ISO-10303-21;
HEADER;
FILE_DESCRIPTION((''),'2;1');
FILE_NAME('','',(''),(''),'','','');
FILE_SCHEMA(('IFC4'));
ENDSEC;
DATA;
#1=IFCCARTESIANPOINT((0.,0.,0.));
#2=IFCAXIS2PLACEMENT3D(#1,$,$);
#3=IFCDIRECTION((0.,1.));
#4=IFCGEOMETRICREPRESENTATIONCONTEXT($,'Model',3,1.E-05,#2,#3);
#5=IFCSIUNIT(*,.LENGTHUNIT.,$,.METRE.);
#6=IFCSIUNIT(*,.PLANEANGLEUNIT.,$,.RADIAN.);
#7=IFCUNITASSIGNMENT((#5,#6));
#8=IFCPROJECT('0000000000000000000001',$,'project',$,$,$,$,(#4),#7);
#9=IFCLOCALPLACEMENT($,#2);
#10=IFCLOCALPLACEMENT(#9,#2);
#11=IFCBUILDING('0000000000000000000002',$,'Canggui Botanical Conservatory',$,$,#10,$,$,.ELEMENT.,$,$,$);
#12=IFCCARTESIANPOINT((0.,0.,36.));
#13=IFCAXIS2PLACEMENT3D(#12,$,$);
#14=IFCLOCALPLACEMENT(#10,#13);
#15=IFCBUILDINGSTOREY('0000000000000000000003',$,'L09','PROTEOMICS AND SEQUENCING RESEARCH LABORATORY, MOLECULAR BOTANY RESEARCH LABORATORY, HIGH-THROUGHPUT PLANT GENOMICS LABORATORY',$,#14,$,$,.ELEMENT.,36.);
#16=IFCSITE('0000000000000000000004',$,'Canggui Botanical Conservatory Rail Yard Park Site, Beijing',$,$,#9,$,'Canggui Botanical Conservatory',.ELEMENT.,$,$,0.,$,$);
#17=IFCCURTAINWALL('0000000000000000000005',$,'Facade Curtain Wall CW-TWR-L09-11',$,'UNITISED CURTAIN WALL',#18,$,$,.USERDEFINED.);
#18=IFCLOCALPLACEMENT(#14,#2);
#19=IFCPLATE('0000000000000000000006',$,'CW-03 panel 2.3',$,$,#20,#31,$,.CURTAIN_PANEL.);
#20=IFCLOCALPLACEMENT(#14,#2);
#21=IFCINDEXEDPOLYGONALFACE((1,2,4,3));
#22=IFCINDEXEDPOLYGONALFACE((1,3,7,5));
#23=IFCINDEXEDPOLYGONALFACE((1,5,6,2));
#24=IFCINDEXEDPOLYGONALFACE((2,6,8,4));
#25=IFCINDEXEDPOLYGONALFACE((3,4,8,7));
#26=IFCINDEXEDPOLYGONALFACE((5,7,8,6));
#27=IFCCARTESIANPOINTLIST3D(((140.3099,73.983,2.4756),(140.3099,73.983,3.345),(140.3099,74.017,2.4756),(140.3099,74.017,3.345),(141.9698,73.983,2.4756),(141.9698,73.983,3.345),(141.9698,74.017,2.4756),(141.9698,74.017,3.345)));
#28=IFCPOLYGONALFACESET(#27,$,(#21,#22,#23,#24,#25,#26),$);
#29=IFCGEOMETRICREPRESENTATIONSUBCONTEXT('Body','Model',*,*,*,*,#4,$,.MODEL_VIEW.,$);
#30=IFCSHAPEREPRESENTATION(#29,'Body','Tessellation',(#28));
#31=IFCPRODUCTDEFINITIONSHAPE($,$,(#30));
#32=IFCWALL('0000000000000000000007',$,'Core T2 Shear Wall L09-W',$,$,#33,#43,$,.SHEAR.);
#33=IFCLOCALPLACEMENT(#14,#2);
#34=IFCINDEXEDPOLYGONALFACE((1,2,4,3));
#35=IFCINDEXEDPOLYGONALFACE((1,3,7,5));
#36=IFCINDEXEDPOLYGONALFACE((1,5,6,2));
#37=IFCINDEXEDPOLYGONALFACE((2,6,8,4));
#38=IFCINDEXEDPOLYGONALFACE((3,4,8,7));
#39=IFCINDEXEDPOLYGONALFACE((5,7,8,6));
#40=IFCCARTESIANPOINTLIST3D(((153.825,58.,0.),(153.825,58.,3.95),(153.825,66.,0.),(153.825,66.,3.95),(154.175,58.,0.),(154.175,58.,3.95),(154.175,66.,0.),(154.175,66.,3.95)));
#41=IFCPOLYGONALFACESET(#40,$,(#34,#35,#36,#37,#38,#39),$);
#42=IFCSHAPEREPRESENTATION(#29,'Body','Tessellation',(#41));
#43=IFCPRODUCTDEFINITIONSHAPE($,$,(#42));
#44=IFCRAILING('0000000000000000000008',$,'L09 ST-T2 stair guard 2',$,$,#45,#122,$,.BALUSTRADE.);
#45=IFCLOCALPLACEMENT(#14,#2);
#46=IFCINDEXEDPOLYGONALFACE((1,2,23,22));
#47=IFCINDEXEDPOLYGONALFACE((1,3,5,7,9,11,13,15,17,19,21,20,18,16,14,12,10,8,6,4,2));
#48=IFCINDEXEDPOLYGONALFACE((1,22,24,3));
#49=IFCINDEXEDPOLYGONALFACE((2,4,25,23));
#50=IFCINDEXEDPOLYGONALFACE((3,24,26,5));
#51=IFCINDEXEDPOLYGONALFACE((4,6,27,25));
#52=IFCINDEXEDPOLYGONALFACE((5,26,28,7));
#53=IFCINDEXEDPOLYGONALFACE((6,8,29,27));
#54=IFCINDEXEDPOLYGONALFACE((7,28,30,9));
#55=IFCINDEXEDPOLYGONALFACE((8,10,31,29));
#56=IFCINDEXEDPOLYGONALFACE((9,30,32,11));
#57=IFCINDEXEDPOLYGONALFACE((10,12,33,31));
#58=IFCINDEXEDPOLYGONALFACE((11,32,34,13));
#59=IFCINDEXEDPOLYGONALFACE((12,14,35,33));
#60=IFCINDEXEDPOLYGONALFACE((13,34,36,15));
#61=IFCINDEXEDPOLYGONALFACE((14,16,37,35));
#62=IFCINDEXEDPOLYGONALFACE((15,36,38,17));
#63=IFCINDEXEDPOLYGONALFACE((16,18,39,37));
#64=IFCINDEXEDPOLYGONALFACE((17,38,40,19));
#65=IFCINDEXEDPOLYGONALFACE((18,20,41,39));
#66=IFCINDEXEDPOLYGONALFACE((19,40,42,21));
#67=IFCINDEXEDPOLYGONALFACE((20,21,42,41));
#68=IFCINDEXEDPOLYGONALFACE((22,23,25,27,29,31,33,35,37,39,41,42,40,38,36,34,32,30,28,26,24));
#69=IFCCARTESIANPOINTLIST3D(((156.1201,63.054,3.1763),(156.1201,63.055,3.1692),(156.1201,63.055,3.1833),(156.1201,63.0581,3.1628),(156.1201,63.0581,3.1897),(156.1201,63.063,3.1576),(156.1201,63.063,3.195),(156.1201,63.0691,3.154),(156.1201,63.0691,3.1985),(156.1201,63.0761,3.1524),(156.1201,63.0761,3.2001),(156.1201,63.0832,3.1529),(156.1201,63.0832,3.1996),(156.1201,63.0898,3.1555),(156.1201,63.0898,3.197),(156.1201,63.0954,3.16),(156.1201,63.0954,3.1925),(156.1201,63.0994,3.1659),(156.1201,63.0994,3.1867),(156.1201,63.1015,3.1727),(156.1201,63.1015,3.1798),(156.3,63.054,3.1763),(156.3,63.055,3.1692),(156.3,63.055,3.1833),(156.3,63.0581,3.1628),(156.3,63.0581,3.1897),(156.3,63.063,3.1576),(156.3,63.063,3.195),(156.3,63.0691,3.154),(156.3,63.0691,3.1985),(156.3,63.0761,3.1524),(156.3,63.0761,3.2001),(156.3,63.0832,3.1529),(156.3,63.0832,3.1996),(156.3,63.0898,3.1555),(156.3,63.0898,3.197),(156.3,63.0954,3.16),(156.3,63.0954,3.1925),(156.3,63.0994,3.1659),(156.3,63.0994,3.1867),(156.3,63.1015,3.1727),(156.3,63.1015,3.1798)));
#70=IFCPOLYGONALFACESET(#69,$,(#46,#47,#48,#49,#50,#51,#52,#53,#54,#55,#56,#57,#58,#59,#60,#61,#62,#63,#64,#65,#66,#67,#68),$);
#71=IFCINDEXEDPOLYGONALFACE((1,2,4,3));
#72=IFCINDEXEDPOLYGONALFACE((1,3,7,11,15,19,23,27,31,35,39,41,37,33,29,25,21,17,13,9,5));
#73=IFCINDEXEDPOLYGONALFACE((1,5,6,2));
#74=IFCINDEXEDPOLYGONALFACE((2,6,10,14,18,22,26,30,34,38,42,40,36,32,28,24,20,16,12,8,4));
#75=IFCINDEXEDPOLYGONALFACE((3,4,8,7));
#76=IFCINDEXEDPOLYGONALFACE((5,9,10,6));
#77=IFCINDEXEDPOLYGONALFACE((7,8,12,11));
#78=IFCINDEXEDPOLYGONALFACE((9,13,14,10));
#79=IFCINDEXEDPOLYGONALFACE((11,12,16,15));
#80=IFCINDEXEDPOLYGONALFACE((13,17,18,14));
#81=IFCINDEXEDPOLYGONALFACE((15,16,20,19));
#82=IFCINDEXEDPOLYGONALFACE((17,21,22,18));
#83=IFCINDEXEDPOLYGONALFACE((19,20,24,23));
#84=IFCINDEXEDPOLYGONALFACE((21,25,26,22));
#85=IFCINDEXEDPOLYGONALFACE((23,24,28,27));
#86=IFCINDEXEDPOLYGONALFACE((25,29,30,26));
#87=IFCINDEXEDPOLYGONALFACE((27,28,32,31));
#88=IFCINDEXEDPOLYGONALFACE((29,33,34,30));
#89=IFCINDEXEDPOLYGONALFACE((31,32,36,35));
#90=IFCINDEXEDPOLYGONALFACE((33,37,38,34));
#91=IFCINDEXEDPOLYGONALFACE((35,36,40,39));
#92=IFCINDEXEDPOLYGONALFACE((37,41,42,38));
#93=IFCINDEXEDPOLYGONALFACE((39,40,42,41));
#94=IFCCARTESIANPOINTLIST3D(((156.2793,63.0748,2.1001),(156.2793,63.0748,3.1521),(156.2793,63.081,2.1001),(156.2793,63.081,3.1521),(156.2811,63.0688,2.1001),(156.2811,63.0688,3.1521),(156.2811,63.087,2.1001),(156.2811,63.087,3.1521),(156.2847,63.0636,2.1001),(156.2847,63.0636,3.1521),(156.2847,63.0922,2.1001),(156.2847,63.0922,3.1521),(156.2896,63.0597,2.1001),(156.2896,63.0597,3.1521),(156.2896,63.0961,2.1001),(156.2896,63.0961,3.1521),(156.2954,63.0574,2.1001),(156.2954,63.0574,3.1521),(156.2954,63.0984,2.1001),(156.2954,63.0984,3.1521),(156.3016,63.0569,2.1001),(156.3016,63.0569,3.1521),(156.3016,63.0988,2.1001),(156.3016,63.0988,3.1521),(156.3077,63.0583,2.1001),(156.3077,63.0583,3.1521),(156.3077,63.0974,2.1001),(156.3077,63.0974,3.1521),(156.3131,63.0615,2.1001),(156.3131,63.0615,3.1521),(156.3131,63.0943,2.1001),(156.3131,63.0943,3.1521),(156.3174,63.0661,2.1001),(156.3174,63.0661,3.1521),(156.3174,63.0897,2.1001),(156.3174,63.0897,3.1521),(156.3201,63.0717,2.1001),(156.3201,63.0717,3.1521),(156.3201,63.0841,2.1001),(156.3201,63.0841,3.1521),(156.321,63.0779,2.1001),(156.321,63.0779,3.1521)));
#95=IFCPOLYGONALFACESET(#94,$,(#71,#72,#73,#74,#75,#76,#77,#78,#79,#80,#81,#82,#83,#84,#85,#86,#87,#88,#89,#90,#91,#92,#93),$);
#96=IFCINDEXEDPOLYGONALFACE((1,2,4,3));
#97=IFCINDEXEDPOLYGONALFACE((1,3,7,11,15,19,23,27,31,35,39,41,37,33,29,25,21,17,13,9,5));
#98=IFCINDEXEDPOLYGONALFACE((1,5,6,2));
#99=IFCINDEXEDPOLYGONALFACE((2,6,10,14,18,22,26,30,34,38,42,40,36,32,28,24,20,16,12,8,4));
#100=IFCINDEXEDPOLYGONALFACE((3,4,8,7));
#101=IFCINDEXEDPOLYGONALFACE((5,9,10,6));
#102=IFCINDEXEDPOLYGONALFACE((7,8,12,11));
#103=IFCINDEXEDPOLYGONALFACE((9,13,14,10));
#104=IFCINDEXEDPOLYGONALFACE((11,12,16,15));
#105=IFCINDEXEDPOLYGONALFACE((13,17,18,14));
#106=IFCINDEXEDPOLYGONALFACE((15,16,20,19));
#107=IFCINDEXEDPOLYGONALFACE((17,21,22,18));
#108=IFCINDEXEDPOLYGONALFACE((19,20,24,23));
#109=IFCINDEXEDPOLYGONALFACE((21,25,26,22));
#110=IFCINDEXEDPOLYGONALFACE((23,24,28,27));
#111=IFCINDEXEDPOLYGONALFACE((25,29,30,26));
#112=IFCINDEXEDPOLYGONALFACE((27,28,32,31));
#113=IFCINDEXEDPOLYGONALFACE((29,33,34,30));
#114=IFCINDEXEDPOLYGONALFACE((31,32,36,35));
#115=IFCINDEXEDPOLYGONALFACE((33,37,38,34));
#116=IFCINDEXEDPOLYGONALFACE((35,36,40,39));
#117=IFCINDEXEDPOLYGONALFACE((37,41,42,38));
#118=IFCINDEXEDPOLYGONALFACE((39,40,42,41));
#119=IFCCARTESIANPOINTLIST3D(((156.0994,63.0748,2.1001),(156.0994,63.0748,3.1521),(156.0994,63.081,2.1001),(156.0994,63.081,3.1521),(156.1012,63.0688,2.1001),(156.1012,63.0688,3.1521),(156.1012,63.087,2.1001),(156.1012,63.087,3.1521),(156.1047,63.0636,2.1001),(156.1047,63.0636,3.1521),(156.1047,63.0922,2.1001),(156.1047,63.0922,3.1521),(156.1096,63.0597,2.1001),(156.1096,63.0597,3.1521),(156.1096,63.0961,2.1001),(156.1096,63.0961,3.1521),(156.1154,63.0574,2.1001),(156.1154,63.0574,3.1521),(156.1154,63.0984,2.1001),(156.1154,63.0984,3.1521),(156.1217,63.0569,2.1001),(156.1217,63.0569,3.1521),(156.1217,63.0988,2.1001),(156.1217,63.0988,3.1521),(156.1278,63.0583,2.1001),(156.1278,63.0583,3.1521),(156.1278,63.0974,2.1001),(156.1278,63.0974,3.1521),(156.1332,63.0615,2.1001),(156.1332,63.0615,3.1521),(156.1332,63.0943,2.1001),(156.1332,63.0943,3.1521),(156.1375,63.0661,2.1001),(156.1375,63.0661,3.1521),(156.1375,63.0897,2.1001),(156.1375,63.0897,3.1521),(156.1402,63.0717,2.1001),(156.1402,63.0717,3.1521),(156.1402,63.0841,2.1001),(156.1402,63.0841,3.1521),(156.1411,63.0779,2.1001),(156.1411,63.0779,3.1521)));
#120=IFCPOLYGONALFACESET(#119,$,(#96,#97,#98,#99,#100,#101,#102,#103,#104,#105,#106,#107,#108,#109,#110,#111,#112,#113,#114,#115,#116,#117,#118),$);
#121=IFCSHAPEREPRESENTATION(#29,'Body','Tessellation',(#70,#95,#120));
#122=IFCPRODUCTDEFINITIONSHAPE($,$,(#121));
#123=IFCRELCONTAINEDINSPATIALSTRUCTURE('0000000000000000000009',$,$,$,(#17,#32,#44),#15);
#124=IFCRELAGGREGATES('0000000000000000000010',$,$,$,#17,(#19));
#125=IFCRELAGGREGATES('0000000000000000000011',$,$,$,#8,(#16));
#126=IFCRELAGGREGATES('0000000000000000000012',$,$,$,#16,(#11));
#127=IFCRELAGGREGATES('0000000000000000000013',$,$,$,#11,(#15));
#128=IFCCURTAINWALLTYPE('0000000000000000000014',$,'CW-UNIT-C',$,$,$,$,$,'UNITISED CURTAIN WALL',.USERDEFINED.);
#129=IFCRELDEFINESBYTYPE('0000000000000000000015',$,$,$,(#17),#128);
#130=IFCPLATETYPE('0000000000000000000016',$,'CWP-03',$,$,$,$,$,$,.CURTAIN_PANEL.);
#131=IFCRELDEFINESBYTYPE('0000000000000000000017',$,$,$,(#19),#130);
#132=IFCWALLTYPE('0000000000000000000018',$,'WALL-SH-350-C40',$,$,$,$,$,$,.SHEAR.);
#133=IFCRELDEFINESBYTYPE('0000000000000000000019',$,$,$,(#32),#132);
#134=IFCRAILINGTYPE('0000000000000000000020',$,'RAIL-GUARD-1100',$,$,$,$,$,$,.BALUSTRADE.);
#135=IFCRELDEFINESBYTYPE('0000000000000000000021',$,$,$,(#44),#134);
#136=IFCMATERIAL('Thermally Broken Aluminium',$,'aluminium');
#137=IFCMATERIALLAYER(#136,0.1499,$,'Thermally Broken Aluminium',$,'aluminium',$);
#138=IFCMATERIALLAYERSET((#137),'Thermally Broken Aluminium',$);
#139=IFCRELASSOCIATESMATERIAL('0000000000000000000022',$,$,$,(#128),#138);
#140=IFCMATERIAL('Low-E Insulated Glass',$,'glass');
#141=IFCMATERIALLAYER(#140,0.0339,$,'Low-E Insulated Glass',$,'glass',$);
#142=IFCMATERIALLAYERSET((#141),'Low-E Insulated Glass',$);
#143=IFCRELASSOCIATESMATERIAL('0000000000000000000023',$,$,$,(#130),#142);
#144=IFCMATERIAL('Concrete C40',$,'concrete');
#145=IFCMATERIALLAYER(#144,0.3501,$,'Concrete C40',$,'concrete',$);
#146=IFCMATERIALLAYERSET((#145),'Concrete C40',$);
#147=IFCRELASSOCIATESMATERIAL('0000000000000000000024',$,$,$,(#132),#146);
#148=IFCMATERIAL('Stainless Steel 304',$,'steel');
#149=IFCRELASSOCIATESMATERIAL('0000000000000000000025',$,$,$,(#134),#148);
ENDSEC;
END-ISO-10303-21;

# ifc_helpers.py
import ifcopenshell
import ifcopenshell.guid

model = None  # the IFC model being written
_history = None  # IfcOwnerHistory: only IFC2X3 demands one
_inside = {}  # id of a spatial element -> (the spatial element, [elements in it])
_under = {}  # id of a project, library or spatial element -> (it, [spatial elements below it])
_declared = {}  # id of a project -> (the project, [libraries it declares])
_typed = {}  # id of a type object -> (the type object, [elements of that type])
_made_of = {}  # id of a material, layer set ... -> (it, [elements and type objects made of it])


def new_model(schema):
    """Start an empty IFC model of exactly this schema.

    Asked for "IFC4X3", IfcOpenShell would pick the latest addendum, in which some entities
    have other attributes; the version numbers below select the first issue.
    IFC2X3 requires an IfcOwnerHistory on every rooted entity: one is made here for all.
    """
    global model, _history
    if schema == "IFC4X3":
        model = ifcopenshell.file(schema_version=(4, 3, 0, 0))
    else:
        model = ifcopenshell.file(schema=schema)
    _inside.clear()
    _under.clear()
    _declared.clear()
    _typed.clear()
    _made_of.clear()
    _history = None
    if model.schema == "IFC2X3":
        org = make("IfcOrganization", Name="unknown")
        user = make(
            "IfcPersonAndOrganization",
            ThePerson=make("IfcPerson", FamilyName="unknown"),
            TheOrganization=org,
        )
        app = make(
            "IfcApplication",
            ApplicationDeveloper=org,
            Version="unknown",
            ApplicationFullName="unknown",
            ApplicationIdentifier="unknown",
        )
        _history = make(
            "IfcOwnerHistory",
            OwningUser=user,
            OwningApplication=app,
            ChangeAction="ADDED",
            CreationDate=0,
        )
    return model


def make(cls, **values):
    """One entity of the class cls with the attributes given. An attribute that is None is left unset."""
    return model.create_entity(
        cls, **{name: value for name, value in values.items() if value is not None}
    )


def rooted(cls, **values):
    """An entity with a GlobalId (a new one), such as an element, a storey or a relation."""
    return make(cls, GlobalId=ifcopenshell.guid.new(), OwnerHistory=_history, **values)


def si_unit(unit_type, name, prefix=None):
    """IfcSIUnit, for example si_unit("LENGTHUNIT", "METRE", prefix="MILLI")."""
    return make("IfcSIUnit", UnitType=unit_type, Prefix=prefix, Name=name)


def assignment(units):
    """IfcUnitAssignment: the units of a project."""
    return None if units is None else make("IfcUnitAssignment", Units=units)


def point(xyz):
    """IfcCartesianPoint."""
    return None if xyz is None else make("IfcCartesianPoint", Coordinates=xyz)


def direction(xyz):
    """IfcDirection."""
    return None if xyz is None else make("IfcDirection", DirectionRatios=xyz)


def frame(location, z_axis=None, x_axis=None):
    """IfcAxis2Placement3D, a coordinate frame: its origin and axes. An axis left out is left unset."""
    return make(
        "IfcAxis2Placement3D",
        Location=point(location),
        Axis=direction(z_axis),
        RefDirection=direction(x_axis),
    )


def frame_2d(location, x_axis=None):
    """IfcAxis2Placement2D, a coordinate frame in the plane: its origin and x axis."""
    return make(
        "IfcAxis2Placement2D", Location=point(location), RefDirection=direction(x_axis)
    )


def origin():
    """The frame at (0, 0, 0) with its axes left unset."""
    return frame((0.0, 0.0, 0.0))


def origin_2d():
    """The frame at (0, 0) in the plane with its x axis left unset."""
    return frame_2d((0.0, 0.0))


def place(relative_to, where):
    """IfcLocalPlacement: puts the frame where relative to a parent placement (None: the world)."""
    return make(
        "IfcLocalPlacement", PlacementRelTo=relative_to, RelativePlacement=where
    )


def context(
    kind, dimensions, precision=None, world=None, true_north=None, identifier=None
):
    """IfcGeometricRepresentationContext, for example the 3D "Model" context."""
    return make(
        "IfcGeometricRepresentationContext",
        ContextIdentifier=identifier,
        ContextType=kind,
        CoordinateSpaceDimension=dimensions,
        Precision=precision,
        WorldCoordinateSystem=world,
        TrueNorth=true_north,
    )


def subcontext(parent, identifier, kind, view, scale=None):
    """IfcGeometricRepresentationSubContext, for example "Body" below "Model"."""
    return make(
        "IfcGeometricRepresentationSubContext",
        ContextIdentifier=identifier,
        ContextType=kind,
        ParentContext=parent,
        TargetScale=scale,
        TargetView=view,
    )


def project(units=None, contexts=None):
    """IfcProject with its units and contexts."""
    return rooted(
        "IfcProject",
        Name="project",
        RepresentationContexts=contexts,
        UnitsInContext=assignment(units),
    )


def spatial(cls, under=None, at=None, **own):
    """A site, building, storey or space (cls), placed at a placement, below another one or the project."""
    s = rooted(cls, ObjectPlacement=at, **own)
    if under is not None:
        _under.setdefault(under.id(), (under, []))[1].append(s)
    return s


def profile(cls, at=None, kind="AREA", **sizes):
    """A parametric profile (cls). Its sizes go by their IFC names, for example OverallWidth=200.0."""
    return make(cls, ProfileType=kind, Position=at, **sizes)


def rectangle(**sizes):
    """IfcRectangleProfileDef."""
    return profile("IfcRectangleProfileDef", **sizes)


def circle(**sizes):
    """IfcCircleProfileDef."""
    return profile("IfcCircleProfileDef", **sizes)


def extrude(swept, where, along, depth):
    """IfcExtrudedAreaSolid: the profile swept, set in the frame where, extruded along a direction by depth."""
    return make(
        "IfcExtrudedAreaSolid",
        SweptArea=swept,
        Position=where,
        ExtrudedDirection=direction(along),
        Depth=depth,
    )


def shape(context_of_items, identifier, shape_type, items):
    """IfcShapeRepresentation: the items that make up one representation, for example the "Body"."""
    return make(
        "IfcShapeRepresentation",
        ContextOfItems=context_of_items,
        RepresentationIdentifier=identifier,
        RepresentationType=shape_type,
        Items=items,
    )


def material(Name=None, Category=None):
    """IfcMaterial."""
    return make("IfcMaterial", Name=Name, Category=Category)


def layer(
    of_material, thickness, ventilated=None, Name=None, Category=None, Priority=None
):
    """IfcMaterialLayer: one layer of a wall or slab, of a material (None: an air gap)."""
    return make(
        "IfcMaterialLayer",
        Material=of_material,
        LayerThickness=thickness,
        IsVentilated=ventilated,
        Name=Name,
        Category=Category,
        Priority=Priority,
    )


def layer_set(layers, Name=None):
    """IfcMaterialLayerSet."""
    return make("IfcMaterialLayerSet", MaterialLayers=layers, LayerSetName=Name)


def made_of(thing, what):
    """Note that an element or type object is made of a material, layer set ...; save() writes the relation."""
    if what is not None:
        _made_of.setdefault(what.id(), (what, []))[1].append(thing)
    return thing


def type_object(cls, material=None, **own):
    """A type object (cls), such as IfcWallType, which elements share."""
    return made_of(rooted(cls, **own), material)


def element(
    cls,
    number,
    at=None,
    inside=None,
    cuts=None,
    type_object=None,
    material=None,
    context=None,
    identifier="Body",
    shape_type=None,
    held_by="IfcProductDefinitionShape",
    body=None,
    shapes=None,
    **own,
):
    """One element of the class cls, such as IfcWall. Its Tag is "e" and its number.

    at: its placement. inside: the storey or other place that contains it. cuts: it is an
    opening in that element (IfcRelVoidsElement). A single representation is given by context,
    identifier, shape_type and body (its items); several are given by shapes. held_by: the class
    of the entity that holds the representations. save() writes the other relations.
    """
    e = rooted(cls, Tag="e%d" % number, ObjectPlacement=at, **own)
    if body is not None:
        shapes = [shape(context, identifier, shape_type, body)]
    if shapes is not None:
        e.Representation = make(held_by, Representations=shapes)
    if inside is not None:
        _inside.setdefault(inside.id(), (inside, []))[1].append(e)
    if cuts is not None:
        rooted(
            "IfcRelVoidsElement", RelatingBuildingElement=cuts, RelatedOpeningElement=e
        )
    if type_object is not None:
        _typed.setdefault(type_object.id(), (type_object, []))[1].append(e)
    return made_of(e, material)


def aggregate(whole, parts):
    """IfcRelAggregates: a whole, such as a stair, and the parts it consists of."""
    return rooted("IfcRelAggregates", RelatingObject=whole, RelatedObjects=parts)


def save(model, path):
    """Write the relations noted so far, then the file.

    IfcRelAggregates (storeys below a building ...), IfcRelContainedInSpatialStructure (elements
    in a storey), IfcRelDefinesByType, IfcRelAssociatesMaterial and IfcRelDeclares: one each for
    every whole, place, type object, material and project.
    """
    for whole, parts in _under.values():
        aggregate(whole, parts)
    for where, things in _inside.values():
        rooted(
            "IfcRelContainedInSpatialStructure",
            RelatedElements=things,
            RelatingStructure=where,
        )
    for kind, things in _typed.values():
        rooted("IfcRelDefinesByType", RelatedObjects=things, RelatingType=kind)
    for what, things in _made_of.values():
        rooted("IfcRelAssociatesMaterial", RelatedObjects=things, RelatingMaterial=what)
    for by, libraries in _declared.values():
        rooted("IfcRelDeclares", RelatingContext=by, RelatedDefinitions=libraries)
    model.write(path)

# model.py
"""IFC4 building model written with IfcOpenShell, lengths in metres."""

from ifc_helpers import new_model, si_unit, direction, frame, frame_2d, origin, origin_2d, place, context, subcontext, project, spatial, rectangle, circle, extrude, material, layer, layer_set, type_object, element, aggregate, save


model = new_model("IFC4")

# Units and contexts
model_context = context("Model", 3, precision=1e-05, world=origin(), true_north=direction((0.0, 1.0)))
body_context = subcontext(model_context, "Body", "Model", "MODEL_VIEW")
ifc_project = project(units=[si_unit("LENGTHUNIT", "METRE"), si_unit("PLANEANGLEUNIT", "RADIAN")], contexts=[model_context])

# Site, building, storey
site_placement = place(None, origin())
site = spatial("IfcSite", under=ifc_project, at=site_placement, Name="Canggui Botanical Conservatory Rail Yard Park Site, Beijing", LongName="Canggui Botanical Conservatory", CompositionType="ELEMENT", RefElevation=0.0)
building_placement = place(site_placement, origin())
building = spatial("IfcBuilding", under=site, at=building_placement, Name="Canggui Botanical Conservatory", CompositionType="ELEMENT")
storey_placement = place(building_placement, frame((0.0, 0.0, 36.0)))
storey = spatial("IfcBuildingStorey", under=building, at=storey_placement, Name="L09", Description="PROTEOMICS AND SEQUENCING RESEARCH LABORATORY, MOLECULAR BOTANY RESEARCH LABORATORY, HIGH-THROUGHPUT PLANT GENOMICS LABORATORY", CompositionType="ELEMENT", Elevation=36.0)

# Shared definitions
ifc_material_1 = material(Name="Concrete C40", Category="concrete")

# Curtain wall, plate
ifc_material_2 = material(Name="Thermally Broken Aluminium", Category="aluminium")
ifc_layer_1 = layer(ifc_material_2, 0.1499, Name="Thermally Broken Aluminium", Category="aluminium")
ifc_layer_set_1 = layer_set([ifc_layer_1], Name="Thermally Broken Aluminium")
curtain_wall_type = type_object("IfcCurtainWallType", Name="CW-UNIT-C", ElementType="UNITISED CURTAIN WALL", PredefinedType="USERDEFINED", material=ifc_layer_set_1)
curtain_wall_placement = place(storey_placement, origin())
curtain_wall = element("IfcCurtainWall", 1, at=curtain_wall_placement, inside=storey, type_object=curtain_wall_type, Name="Facade Curtain Wall CW-TWR-L09-11", ObjectType="UNITISED CURTAIN WALL", PredefinedType="USERDEFINED")
ifc_material_3 = material(Name="Low-E Insulated Glass", Category="glass")
ifc_layer_2 = layer(ifc_material_3, 0.0339, Name="Low-E Insulated Glass", Category="glass")
ifc_layer_set_2 = layer_set([ifc_layer_2], Name="Low-E Insulated Glass")
plate_type = type_object("IfcPlateType", Name="CWP-03", PredefinedType="CURTAIN_PANEL", material=ifc_layer_set_2)
plate_1_placement = place(storey_placement, frame((141.1399, 74.0, 2.4756), z_axis=(0.0, 0.0, 1.0), x_axis=(1.0, 0.0, 0.0)))
plate_1 = element("IfcPlate", 2, at=plate_1_placement, type_object=plate_type, Name="CW-03 panel 2.3", PredefinedType="CURTAIN_PANEL", context=body_context, shape_type="SweptSolid", body=[
    extrude(rectangle(XDim=1.6599, YDim=0.0339, at=origin_2d()), origin(), (0.0, 0.0, 1.0), 0.8694),
])
aggregate(curtain_wall, [plate_1])

# Wall
ifc_layer_3 = layer(ifc_material_1, 0.3501, Name="Concrete C40", Category="concrete")
ifc_layer_set_3 = layer_set([ifc_layer_3], Name="Concrete C40")
wall_type = type_object("IfcWallType", Name="WALL-SH-350-C40", PredefinedType="SHEAR", material=ifc_layer_set_3)
wall_placement = place(storey_placement, frame((154.0, 66.0, 0.0), z_axis=(0.0, 0.0, 1.0), x_axis=(0.0, -1.0, 0.0)))
element("IfcWall", 3, at=wall_placement, inside=storey, type_object=wall_type, Name="Core T2 Shear Wall L09-W", PredefinedType="SHEAR", context=body_context, shape_type="SweptSolid", body=[
    extrude(rectangle(XDim=8.0, YDim=0.3501, at=frame_2d((4.0, 0.0))), origin(), (0.0, 0.0, 1.0), 3.95),
])

# Railing
ifc_material_4 = material(Name="Stainless Steel 304", Category="steel")
railing_type = type_object("IfcRailingType", Name="RAIL-GUARD-1100", PredefinedType="BALUSTRADE", material=ifc_material_4)
railing_placement = place(storey_placement, frame((156.3, 63.0779, 2.1001)))
element("IfcRailing", 4, at=railing_placement, inside=storey, type_object=railing_type, Name="L09 ST-T2 stair guard 2", PredefinedType="BALUSTRADE", context=body_context, shape_type="SweptSolid", body=[
    extrude(circle(Radius=0.0239, at=origin_2d()), frame((0.0, 0.0, 1.0762), z_axis=(-1.0, 0.0, 0.0), x_axis=(0.0, -1.0, 0.0)), (0.0, 0.0, 1.0), 0.1799),
    extrude(circle(Radius=0.021, at=origin_2d()), origin(), (0.0, 0.0, 1.0), 1.052),
    extrude(circle(Radius=0.021, at=origin_2d()), frame((-0.1799, 0.0, 0.0)), (0.0, 0.0, 1.0), 1.052),
])

save(model, "model.ifc")
